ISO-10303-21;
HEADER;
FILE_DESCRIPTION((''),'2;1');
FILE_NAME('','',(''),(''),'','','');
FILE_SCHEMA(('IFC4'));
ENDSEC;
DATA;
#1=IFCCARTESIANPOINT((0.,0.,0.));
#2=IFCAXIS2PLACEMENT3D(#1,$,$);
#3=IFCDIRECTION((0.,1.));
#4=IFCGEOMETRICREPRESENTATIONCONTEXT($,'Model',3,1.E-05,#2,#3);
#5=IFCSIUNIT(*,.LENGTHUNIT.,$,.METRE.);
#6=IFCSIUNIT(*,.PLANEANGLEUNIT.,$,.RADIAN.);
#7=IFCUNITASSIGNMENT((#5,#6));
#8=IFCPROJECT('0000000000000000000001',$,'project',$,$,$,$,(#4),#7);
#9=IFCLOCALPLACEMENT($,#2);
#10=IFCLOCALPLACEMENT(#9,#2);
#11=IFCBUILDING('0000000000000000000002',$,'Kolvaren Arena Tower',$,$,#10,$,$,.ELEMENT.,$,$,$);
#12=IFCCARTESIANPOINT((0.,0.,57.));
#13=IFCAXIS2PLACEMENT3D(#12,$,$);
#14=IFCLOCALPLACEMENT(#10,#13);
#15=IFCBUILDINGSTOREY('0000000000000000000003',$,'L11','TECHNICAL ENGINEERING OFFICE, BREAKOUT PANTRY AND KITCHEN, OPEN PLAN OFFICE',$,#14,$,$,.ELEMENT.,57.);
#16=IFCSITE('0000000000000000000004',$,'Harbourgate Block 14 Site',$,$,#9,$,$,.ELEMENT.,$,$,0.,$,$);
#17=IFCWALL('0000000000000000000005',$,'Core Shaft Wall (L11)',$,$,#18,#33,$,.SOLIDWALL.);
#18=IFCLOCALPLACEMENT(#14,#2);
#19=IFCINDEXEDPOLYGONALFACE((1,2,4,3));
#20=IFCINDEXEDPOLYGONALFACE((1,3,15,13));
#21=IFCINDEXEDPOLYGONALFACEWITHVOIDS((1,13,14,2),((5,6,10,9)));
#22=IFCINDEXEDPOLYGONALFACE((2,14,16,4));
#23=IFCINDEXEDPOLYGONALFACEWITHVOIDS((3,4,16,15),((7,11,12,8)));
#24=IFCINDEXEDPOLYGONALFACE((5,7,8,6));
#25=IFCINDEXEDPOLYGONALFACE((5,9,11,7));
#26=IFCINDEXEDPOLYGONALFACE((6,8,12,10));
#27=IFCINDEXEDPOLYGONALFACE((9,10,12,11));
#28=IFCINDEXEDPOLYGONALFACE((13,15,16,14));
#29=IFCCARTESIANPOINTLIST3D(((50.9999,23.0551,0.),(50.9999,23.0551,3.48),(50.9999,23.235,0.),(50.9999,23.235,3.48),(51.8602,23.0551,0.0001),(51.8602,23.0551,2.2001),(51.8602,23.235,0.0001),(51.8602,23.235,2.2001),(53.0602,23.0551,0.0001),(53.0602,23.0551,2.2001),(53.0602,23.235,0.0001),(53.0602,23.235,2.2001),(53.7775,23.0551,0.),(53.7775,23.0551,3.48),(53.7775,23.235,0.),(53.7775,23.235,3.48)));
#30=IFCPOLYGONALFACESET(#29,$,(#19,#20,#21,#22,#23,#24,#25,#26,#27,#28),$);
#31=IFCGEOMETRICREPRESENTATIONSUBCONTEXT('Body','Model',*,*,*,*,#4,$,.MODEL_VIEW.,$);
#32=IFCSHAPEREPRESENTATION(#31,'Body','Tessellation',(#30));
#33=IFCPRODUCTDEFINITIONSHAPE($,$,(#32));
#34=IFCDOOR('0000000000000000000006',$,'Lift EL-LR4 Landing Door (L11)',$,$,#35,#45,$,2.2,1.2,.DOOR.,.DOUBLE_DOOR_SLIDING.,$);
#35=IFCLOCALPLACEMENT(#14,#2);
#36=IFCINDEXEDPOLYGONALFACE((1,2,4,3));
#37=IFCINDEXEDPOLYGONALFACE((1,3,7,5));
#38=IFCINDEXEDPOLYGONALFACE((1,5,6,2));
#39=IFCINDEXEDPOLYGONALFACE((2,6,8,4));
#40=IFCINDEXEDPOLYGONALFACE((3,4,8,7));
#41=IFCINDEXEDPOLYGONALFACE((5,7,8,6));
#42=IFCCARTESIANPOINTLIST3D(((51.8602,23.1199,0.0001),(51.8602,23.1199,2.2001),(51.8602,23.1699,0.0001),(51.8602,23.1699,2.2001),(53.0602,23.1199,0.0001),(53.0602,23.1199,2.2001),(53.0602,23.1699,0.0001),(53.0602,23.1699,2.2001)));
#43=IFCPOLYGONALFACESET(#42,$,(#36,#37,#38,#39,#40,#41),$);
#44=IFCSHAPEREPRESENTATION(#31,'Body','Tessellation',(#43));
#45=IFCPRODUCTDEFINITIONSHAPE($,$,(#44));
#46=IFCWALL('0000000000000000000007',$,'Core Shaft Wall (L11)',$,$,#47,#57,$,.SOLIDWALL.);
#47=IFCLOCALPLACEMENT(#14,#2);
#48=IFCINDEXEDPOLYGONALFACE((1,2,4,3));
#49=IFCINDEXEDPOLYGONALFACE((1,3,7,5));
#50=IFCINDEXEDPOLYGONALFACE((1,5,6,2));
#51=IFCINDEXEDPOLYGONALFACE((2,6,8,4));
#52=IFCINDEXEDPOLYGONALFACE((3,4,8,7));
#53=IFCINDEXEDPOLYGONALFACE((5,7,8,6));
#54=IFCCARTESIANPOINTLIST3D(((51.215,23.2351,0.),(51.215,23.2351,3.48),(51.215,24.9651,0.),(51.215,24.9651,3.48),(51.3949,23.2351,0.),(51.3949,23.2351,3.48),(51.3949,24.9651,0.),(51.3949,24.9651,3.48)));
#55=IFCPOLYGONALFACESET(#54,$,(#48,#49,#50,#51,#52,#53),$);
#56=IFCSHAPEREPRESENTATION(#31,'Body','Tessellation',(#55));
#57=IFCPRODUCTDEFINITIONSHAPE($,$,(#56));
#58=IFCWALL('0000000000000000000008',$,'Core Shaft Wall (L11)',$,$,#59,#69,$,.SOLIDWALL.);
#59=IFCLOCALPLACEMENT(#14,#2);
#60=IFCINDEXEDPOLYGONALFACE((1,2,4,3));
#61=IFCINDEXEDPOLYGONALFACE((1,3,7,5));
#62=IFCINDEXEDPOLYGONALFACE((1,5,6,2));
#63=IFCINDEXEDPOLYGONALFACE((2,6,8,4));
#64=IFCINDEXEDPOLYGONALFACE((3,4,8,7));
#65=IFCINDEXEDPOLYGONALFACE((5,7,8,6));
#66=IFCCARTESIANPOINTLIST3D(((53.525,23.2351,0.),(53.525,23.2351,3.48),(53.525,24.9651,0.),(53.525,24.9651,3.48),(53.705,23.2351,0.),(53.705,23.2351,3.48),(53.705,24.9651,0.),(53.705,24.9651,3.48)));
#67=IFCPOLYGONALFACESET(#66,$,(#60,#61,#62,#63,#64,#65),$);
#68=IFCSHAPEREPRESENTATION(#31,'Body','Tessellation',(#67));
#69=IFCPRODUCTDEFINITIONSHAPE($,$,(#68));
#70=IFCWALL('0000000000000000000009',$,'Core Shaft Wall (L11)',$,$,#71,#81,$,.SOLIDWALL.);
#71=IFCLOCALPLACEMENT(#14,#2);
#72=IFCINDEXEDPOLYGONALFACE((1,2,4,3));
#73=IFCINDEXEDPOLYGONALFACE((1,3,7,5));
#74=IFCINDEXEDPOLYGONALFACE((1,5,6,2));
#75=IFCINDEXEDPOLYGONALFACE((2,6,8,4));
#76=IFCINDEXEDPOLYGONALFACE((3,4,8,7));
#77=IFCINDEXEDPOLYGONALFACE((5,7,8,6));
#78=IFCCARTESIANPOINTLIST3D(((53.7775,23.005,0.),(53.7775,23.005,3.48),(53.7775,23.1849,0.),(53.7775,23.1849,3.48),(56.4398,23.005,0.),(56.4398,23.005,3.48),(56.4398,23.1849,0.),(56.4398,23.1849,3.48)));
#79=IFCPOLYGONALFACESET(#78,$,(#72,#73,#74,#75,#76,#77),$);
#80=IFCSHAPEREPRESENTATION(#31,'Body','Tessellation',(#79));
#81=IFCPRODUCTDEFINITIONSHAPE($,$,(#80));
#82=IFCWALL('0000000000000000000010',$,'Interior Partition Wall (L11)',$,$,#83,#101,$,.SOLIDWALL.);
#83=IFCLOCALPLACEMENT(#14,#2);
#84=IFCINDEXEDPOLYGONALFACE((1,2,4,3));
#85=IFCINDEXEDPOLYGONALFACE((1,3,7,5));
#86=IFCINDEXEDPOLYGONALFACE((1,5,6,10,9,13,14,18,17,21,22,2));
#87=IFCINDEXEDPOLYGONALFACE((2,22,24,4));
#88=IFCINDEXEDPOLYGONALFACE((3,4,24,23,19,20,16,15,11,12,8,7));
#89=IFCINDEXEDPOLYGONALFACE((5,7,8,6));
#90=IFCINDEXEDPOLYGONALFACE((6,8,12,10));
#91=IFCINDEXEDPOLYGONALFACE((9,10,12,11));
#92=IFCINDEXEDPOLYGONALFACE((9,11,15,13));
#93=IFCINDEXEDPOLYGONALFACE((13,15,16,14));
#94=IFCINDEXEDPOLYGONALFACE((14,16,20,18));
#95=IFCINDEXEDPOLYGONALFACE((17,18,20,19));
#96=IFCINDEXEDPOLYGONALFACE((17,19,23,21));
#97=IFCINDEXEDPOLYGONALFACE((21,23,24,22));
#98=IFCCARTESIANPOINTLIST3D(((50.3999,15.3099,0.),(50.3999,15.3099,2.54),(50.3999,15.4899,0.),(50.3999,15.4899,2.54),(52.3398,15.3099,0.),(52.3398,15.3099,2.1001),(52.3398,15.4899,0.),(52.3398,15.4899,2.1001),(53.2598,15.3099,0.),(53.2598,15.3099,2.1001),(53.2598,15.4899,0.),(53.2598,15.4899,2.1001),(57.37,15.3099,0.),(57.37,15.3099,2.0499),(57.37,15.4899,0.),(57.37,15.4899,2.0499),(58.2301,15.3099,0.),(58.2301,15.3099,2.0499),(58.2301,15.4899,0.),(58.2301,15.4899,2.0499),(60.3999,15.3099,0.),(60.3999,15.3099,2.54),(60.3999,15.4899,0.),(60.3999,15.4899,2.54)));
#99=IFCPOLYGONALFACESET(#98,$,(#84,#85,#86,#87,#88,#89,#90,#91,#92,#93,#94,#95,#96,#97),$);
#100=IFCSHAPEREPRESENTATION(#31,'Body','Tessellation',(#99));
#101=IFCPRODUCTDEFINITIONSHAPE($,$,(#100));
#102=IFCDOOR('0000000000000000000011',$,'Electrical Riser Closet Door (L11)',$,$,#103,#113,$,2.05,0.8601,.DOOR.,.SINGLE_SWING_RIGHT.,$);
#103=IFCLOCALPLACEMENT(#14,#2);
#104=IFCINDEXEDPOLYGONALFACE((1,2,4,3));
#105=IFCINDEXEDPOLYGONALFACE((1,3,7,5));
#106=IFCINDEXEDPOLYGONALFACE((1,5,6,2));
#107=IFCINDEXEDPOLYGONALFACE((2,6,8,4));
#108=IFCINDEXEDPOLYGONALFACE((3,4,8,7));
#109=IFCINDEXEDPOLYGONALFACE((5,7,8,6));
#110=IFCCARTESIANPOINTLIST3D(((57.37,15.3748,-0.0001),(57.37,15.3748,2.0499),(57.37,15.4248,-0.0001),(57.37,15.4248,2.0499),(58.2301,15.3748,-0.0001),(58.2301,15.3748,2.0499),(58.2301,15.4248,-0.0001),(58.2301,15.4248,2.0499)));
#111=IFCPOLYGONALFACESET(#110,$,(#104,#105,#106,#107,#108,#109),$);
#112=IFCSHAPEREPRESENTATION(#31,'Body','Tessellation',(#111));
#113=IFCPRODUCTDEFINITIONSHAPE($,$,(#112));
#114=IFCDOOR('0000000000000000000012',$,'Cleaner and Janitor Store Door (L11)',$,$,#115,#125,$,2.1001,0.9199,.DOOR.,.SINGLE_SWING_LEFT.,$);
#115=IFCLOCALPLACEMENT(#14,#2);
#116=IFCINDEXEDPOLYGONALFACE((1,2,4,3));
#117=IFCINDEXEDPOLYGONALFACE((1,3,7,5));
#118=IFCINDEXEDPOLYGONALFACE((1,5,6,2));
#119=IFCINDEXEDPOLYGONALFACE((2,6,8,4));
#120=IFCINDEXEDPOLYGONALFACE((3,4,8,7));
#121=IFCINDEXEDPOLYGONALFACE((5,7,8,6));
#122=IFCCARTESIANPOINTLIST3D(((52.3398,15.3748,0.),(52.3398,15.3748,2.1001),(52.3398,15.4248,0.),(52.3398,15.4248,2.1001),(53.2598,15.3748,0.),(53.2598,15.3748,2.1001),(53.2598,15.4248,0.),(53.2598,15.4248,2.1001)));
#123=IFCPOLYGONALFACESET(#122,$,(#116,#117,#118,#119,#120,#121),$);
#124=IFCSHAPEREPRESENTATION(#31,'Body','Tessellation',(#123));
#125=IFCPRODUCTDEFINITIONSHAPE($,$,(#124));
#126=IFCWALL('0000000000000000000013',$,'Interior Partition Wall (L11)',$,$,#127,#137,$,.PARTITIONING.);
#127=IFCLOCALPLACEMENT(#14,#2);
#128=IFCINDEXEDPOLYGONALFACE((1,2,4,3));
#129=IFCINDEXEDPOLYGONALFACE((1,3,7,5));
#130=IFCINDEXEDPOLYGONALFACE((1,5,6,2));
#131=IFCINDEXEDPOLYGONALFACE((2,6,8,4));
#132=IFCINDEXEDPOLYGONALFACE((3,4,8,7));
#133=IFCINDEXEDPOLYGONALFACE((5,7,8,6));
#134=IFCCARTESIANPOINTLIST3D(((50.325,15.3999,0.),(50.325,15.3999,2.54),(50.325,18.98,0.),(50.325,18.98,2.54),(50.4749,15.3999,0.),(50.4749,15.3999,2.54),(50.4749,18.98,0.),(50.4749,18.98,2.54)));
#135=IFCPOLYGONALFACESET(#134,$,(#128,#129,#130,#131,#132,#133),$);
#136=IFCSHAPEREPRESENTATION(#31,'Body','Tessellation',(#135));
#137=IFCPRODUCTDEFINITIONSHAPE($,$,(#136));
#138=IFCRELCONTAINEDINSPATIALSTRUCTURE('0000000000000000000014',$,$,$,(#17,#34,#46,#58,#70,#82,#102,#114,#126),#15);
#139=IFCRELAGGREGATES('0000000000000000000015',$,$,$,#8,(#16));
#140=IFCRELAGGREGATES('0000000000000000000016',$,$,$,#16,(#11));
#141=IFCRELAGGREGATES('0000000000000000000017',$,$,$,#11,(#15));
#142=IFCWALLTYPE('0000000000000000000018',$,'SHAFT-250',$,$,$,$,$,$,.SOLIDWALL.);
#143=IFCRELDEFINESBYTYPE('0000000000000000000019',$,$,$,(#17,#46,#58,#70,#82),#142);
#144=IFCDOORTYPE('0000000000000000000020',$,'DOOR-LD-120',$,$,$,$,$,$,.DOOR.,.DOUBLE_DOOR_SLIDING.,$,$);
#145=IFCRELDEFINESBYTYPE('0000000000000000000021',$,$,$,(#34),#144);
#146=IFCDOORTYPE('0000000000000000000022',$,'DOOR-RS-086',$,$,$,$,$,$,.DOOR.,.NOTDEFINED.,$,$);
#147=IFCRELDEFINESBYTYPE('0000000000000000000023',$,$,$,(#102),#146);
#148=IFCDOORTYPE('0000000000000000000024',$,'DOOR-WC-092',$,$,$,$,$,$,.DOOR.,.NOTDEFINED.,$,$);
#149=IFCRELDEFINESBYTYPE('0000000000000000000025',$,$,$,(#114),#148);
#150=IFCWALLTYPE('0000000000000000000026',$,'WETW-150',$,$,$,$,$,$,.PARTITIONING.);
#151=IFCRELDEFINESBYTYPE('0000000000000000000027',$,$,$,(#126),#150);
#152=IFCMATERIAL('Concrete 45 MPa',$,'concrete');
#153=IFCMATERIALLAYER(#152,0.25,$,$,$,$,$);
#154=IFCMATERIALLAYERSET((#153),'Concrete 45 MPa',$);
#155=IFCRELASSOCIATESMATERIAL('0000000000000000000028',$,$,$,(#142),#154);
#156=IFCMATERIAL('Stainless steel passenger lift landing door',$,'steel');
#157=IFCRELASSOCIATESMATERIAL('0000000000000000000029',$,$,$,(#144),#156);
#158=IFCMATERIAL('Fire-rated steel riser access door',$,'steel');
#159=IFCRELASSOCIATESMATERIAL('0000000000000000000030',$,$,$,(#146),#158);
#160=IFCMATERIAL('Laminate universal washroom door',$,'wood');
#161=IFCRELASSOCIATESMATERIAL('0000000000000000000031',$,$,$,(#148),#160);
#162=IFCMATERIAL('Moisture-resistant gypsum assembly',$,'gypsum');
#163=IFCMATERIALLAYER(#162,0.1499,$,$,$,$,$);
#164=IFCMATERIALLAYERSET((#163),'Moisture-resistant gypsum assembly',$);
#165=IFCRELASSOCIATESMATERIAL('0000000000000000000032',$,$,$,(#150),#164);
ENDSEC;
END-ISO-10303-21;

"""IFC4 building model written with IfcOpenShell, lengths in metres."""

from ifc_helpers import new_model, si_unit, direction, frame, frame_2d, origin, place, context, subcontext, project, spatial, rectangle, extrude, material, layer, layer_set, type_object, element, fill, save


model = new_model("IFC4")

# Units and contexts
model_context = context("Model", 3, precision=1e-05, world=origin(), true_north=direction((0.0, 1.0)))
body_context = subcontext(model_context, "Body", "Model", "MODEL_VIEW")
ifc_project = project(units=[si_unit("LENGTHUNIT", "METRE"), si_unit("PLANEANGLEUNIT", "RADIAN")], contexts=[model_context])

# Site, building, storey
site_placement = place(None, origin())
site = spatial("IfcSite", under=ifc_project, at=site_placement, Name="Harbourgate Block 14 Site", CompositionType="ELEMENT", RefElevation=0.0)
building_placement = place(site_placement, origin())
building = spatial("IfcBuilding", under=site, at=building_placement, Name="Kolvaren Arena Tower", CompositionType="ELEMENT")
storey_placement = place(building_placement, frame((0.0, 0.0, 57.0)))
storey = spatial("IfcBuildingStorey", under=building, at=storey_placement, Name="L11", Description="TECHNICAL ENGINEERING OFFICE, BREAKOUT PANTRY AND KITCHEN, OPEN PLAN OFFICE", CompositionType="ELEMENT", Elevation=57.0)

# Shared definitions
ifc_material_1 = material(Name="Concrete 45 MPa", Category="concrete")
ifc_layer_1 = layer(ifc_material_1, 0.25)
ifc_layer_set_1 = layer_set([ifc_layer_1], Name="Concrete 45 MPa")
wall_type_1 = type_object("IfcWallType", Name="SHAFT-250", PredefinedType="SOLIDWALL", material=ifc_layer_set_1)
ifc_material_2 = material(Name="Stainless steel passenger lift landing door", Category="steel")
door_type_1 = type_object("IfcDoorType", Name="DOOR-LD-120", OperationType="DOUBLE_DOOR_SLIDING", PredefinedType="DOOR", material=ifc_material_2)

# Wall, opening, door
wall_1_placement = place(storey_placement, frame((51.0, 23.145, 0.0), z_axis=(0.0, 0.0, 1.0), x_axis=(1.0, 0.0, 0.0)))
wall_1 = element("IfcWall", 1, at=wall_1_placement, inside=storey, type_object=wall_type_1, Name="Core Shaft Wall (L11)", PredefinedType="SOLIDWALL", context=body_context, shape_type="SweptSolid", body=[
    extrude(rectangle(XDim=2.7776, YDim=0.1799, at=frame_2d((1.3887, 0.0))), origin(), (0.0, 0.0, 1.0), 3.48),
])
opening_1_placement = place(wall_1_placement, frame((0.8601, 0.0, 0.0)))
opening_1 = element("IfcOpeningElement", 2, at=opening_1_placement, cuts=wall_1, PredefinedType="OPENING", context=body_context, shape_type="SweptSolid", body=[
    extrude(rectangle(XDim=1.2, YDim=2.2, at=frame_2d((0.6001, 1.1001))), frame((0.0, 0.0999, 0.0), z_axis=(0.0, -1.0, 0.0), x_axis=(1.0, 0.0, 0.0)), (0.0, 0.0, 1.0), 0.2),
])
door_1_placement = place(opening_1_placement, origin())
door_1 = element("IfcDoor", 3, at=door_1_placement, inside=storey, type_object=door_type_1, Name="Lift EL-LR4 Landing Door (L11)", OperationType="DOUBLE_DOOR_SLIDING", OverallHeight=2.2, OverallWidth=1.2, PredefinedType="DOOR", context=body_context, shape_type="SweptSolid", body=[
    extrude(rectangle(XDim=1.2, YDim=2.2, at=frame_2d((0.6001, 1.1001))), frame((0.0, 0.0249, 0.0), z_axis=(0.0, -1.0, 0.0), x_axis=(1.0, 0.0, 0.0)), (0.0, 0.0, 1.0), 0.05),
])
fill(opening_1, door_1)

# Walls
for number, where, z_axis, x_axis, name in (
    (4, (51.3049, 23.2351, 0.0), (0.0, 0.0, 1.0), (0.0, 1.0, 0.0), "Core Shaft Wall (L11)"),
    (5, (53.615, 23.2351, 0.0), (0.0, 0.0, 1.0), (0.0, 1.0, 0.0), "Core Shaft Wall (L11)"),
):
    element("IfcWall", number, at=place(storey_placement, frame(where, z_axis=z_axis, x_axis=x_axis)), inside=storey, type_object=wall_type_1, Name=name, PredefinedType="SOLIDWALL", context=body_context, shape_type="SweptSolid", body=[
        extrude(rectangle(XDim=1.73, YDim=0.1799, at=frame_2d((0.865, 0.0))), origin(), (0.0, 0.0, 1.0), 3.48),
    ])
wall_2_placement = place(storey_placement, frame((53.7776, 23.095, 0.0), z_axis=(0.0, 0.0, 1.0), x_axis=(1.0, 0.0, 0.0)))
element("IfcWall", 6, at=wall_2_placement, inside=storey, type_object=wall_type_1, Name="Core Shaft Wall (L11)", PredefinedType="SOLIDWALL", context=body_context, shape_type="SweptSolid", body=[
    extrude(rectangle(XDim=2.6624, YDim=0.1799, at=frame_2d((1.3311, 0.0))), origin(), (0.0, 0.0, 1.0), 3.48),
])

# Wall, openings, doors
wall_3_placement = place(storey_placement, frame((50.3999, 15.3999, 0.0), z_axis=(0.0, 0.0, 1.0), x_axis=(1.0, 0.0, 0.0)))
wall_3 = element("IfcWall", 7, at=wall_3_placement, inside=storey, type_object=wall_type_1, Name="Interior Partition Wall (L11)", PredefinedType="SOLIDWALL", context=body_context, shape_type="SweptSolid", body=[
    extrude(rectangle(XDim=10.0, YDim=0.1799, at=frame_2d((5.0, 0.0))), origin(), (0.0, 0.0, 1.0), 2.54),
])
opening_2_placement = place(wall_3_placement, frame((1.9399, 0.0, 0.0)))
opening_2 = element("IfcOpeningElement", 8, at=opening_2_placement, cuts=wall_3, PredefinedType="OPENING", context=body_context, shape_type="SweptSolid", body=[
    extrude(rectangle(XDim=0.9199, YDim=2.1001, at=frame_2d((0.46, 1.05))), frame((0.0, 0.0999, 0.0), z_axis=(0.0, -1.0, 0.0), x_axis=(1.0, 0.0, 0.0)), (0.0, 0.0, 1.0), 0.2),
])
opening_3_placement = place(wall_3_placement, frame((6.97, 0.0, 0.0)))
opening_3 = element("IfcOpeningElement", 9, at=opening_3_placement, cuts=wall_3, PredefinedType="OPENING", context=body_context, shape_type="SweptSolid", body=[
    extrude(rectangle(XDim=0.8601, YDim=2.05, at=frame_2d((0.4302, 1.0249))), frame((0.0, 0.0999, 0.0), z_axis=(0.0, -1.0, 0.0), x_axis=(1.0, 0.0, 0.0)), (0.0, 0.0, 1.0), 0.2),
])
ifc_material_3 = material(Name="Fire-rated steel riser access door", Category="steel")
door_type_2 = type_object("IfcDoorType", Name="DOOR-RS-086", OperationType="NOTDEFINED", PredefinedType="DOOR", material=ifc_material_3)
door_2_placement = place(opening_3_placement, origin())
door_2 = element("IfcDoor", 10, at=door_2_placement, inside=storey, type_object=door_type_2, Name="Electrical Riser Closet Door (L11)", OperationType="SINGLE_SWING_RIGHT", OverallHeight=2.05, OverallWidth=0.8601, PredefinedType="DOOR", context=body_context, shape_type="SweptSolid", body=[
    extrude(rectangle(XDim=0.8601, YDim=2.05, at=frame_2d((0.4302, 1.0249))), frame((0.0, 0.0249, 0.0), z_axis=(0.0, -1.0, 0.0), x_axis=(1.0, 0.0, 0.0)), (0.0, 0.0, 1.0), 0.05),
])
fill(opening_3, door_2)
ifc_material_4 = material(Name="Laminate universal washroom door", Category="wood")
door_type_3 = type_object("IfcDoorType", Name="DOOR-WC-092", OperationType="NOTDEFINED", PredefinedType="DOOR", material=ifc_material_4)
door_3_placement = place(opening_2_placement, origin())
door_3 = element("IfcDoor", 11, at=door_3_placement, inside=storey, type_object=door_type_3, Name="Cleaner and Janitor Store Door (L11)", OperationType="SINGLE_SWING_LEFT", OverallHeight=2.1001, OverallWidth=0.9199, PredefinedType="DOOR", context=body_context, shape_type="SweptSolid", body=[
    extrude(rectangle(XDim=0.9199, YDim=2.1001, at=frame_2d((0.46, 1.05))), frame((0.0, 0.0249, 0.0), z_axis=(0.0, -1.0, 0.0), x_axis=(1.0, 0.0, 0.0)), (0.0, 0.0, 1.0), 0.05),
])
fill(opening_2, door_3)

# Wall
ifc_material_5 = material(Name="Moisture-resistant gypsum assembly", Category="gypsum")
ifc_layer_2 = layer(ifc_material_5, 0.1499)
ifc_layer_set_2 = layer_set([ifc_layer_2], Name="Moisture-resistant gypsum assembly")
wall_type_2 = type_object("IfcWallType", Name="WETW-150", PredefinedType="PARTITIONING", material=ifc_layer_set_2)
wall_4_placement = place(storey_placement, frame((50.3999, 15.3999, 0.0), z_axis=(0.0, 0.0, 1.0), x_axis=(0.0, 1.0, 0.0)))
element("IfcWall", 12, at=wall_4_placement, inside=storey, type_object=wall_type_2, Name="Interior Partition Wall (L11)", PredefinedType="PARTITIONING", context=body_context, shape_type="SweptSolid", body=[
    extrude(rectangle(XDim=3.5801, YDim=0.1499, at=frame_2d((1.79, 0.0))), origin(), (0.0, 0.0, 1.0), 2.54),
])

save(model, "model.ifc")
